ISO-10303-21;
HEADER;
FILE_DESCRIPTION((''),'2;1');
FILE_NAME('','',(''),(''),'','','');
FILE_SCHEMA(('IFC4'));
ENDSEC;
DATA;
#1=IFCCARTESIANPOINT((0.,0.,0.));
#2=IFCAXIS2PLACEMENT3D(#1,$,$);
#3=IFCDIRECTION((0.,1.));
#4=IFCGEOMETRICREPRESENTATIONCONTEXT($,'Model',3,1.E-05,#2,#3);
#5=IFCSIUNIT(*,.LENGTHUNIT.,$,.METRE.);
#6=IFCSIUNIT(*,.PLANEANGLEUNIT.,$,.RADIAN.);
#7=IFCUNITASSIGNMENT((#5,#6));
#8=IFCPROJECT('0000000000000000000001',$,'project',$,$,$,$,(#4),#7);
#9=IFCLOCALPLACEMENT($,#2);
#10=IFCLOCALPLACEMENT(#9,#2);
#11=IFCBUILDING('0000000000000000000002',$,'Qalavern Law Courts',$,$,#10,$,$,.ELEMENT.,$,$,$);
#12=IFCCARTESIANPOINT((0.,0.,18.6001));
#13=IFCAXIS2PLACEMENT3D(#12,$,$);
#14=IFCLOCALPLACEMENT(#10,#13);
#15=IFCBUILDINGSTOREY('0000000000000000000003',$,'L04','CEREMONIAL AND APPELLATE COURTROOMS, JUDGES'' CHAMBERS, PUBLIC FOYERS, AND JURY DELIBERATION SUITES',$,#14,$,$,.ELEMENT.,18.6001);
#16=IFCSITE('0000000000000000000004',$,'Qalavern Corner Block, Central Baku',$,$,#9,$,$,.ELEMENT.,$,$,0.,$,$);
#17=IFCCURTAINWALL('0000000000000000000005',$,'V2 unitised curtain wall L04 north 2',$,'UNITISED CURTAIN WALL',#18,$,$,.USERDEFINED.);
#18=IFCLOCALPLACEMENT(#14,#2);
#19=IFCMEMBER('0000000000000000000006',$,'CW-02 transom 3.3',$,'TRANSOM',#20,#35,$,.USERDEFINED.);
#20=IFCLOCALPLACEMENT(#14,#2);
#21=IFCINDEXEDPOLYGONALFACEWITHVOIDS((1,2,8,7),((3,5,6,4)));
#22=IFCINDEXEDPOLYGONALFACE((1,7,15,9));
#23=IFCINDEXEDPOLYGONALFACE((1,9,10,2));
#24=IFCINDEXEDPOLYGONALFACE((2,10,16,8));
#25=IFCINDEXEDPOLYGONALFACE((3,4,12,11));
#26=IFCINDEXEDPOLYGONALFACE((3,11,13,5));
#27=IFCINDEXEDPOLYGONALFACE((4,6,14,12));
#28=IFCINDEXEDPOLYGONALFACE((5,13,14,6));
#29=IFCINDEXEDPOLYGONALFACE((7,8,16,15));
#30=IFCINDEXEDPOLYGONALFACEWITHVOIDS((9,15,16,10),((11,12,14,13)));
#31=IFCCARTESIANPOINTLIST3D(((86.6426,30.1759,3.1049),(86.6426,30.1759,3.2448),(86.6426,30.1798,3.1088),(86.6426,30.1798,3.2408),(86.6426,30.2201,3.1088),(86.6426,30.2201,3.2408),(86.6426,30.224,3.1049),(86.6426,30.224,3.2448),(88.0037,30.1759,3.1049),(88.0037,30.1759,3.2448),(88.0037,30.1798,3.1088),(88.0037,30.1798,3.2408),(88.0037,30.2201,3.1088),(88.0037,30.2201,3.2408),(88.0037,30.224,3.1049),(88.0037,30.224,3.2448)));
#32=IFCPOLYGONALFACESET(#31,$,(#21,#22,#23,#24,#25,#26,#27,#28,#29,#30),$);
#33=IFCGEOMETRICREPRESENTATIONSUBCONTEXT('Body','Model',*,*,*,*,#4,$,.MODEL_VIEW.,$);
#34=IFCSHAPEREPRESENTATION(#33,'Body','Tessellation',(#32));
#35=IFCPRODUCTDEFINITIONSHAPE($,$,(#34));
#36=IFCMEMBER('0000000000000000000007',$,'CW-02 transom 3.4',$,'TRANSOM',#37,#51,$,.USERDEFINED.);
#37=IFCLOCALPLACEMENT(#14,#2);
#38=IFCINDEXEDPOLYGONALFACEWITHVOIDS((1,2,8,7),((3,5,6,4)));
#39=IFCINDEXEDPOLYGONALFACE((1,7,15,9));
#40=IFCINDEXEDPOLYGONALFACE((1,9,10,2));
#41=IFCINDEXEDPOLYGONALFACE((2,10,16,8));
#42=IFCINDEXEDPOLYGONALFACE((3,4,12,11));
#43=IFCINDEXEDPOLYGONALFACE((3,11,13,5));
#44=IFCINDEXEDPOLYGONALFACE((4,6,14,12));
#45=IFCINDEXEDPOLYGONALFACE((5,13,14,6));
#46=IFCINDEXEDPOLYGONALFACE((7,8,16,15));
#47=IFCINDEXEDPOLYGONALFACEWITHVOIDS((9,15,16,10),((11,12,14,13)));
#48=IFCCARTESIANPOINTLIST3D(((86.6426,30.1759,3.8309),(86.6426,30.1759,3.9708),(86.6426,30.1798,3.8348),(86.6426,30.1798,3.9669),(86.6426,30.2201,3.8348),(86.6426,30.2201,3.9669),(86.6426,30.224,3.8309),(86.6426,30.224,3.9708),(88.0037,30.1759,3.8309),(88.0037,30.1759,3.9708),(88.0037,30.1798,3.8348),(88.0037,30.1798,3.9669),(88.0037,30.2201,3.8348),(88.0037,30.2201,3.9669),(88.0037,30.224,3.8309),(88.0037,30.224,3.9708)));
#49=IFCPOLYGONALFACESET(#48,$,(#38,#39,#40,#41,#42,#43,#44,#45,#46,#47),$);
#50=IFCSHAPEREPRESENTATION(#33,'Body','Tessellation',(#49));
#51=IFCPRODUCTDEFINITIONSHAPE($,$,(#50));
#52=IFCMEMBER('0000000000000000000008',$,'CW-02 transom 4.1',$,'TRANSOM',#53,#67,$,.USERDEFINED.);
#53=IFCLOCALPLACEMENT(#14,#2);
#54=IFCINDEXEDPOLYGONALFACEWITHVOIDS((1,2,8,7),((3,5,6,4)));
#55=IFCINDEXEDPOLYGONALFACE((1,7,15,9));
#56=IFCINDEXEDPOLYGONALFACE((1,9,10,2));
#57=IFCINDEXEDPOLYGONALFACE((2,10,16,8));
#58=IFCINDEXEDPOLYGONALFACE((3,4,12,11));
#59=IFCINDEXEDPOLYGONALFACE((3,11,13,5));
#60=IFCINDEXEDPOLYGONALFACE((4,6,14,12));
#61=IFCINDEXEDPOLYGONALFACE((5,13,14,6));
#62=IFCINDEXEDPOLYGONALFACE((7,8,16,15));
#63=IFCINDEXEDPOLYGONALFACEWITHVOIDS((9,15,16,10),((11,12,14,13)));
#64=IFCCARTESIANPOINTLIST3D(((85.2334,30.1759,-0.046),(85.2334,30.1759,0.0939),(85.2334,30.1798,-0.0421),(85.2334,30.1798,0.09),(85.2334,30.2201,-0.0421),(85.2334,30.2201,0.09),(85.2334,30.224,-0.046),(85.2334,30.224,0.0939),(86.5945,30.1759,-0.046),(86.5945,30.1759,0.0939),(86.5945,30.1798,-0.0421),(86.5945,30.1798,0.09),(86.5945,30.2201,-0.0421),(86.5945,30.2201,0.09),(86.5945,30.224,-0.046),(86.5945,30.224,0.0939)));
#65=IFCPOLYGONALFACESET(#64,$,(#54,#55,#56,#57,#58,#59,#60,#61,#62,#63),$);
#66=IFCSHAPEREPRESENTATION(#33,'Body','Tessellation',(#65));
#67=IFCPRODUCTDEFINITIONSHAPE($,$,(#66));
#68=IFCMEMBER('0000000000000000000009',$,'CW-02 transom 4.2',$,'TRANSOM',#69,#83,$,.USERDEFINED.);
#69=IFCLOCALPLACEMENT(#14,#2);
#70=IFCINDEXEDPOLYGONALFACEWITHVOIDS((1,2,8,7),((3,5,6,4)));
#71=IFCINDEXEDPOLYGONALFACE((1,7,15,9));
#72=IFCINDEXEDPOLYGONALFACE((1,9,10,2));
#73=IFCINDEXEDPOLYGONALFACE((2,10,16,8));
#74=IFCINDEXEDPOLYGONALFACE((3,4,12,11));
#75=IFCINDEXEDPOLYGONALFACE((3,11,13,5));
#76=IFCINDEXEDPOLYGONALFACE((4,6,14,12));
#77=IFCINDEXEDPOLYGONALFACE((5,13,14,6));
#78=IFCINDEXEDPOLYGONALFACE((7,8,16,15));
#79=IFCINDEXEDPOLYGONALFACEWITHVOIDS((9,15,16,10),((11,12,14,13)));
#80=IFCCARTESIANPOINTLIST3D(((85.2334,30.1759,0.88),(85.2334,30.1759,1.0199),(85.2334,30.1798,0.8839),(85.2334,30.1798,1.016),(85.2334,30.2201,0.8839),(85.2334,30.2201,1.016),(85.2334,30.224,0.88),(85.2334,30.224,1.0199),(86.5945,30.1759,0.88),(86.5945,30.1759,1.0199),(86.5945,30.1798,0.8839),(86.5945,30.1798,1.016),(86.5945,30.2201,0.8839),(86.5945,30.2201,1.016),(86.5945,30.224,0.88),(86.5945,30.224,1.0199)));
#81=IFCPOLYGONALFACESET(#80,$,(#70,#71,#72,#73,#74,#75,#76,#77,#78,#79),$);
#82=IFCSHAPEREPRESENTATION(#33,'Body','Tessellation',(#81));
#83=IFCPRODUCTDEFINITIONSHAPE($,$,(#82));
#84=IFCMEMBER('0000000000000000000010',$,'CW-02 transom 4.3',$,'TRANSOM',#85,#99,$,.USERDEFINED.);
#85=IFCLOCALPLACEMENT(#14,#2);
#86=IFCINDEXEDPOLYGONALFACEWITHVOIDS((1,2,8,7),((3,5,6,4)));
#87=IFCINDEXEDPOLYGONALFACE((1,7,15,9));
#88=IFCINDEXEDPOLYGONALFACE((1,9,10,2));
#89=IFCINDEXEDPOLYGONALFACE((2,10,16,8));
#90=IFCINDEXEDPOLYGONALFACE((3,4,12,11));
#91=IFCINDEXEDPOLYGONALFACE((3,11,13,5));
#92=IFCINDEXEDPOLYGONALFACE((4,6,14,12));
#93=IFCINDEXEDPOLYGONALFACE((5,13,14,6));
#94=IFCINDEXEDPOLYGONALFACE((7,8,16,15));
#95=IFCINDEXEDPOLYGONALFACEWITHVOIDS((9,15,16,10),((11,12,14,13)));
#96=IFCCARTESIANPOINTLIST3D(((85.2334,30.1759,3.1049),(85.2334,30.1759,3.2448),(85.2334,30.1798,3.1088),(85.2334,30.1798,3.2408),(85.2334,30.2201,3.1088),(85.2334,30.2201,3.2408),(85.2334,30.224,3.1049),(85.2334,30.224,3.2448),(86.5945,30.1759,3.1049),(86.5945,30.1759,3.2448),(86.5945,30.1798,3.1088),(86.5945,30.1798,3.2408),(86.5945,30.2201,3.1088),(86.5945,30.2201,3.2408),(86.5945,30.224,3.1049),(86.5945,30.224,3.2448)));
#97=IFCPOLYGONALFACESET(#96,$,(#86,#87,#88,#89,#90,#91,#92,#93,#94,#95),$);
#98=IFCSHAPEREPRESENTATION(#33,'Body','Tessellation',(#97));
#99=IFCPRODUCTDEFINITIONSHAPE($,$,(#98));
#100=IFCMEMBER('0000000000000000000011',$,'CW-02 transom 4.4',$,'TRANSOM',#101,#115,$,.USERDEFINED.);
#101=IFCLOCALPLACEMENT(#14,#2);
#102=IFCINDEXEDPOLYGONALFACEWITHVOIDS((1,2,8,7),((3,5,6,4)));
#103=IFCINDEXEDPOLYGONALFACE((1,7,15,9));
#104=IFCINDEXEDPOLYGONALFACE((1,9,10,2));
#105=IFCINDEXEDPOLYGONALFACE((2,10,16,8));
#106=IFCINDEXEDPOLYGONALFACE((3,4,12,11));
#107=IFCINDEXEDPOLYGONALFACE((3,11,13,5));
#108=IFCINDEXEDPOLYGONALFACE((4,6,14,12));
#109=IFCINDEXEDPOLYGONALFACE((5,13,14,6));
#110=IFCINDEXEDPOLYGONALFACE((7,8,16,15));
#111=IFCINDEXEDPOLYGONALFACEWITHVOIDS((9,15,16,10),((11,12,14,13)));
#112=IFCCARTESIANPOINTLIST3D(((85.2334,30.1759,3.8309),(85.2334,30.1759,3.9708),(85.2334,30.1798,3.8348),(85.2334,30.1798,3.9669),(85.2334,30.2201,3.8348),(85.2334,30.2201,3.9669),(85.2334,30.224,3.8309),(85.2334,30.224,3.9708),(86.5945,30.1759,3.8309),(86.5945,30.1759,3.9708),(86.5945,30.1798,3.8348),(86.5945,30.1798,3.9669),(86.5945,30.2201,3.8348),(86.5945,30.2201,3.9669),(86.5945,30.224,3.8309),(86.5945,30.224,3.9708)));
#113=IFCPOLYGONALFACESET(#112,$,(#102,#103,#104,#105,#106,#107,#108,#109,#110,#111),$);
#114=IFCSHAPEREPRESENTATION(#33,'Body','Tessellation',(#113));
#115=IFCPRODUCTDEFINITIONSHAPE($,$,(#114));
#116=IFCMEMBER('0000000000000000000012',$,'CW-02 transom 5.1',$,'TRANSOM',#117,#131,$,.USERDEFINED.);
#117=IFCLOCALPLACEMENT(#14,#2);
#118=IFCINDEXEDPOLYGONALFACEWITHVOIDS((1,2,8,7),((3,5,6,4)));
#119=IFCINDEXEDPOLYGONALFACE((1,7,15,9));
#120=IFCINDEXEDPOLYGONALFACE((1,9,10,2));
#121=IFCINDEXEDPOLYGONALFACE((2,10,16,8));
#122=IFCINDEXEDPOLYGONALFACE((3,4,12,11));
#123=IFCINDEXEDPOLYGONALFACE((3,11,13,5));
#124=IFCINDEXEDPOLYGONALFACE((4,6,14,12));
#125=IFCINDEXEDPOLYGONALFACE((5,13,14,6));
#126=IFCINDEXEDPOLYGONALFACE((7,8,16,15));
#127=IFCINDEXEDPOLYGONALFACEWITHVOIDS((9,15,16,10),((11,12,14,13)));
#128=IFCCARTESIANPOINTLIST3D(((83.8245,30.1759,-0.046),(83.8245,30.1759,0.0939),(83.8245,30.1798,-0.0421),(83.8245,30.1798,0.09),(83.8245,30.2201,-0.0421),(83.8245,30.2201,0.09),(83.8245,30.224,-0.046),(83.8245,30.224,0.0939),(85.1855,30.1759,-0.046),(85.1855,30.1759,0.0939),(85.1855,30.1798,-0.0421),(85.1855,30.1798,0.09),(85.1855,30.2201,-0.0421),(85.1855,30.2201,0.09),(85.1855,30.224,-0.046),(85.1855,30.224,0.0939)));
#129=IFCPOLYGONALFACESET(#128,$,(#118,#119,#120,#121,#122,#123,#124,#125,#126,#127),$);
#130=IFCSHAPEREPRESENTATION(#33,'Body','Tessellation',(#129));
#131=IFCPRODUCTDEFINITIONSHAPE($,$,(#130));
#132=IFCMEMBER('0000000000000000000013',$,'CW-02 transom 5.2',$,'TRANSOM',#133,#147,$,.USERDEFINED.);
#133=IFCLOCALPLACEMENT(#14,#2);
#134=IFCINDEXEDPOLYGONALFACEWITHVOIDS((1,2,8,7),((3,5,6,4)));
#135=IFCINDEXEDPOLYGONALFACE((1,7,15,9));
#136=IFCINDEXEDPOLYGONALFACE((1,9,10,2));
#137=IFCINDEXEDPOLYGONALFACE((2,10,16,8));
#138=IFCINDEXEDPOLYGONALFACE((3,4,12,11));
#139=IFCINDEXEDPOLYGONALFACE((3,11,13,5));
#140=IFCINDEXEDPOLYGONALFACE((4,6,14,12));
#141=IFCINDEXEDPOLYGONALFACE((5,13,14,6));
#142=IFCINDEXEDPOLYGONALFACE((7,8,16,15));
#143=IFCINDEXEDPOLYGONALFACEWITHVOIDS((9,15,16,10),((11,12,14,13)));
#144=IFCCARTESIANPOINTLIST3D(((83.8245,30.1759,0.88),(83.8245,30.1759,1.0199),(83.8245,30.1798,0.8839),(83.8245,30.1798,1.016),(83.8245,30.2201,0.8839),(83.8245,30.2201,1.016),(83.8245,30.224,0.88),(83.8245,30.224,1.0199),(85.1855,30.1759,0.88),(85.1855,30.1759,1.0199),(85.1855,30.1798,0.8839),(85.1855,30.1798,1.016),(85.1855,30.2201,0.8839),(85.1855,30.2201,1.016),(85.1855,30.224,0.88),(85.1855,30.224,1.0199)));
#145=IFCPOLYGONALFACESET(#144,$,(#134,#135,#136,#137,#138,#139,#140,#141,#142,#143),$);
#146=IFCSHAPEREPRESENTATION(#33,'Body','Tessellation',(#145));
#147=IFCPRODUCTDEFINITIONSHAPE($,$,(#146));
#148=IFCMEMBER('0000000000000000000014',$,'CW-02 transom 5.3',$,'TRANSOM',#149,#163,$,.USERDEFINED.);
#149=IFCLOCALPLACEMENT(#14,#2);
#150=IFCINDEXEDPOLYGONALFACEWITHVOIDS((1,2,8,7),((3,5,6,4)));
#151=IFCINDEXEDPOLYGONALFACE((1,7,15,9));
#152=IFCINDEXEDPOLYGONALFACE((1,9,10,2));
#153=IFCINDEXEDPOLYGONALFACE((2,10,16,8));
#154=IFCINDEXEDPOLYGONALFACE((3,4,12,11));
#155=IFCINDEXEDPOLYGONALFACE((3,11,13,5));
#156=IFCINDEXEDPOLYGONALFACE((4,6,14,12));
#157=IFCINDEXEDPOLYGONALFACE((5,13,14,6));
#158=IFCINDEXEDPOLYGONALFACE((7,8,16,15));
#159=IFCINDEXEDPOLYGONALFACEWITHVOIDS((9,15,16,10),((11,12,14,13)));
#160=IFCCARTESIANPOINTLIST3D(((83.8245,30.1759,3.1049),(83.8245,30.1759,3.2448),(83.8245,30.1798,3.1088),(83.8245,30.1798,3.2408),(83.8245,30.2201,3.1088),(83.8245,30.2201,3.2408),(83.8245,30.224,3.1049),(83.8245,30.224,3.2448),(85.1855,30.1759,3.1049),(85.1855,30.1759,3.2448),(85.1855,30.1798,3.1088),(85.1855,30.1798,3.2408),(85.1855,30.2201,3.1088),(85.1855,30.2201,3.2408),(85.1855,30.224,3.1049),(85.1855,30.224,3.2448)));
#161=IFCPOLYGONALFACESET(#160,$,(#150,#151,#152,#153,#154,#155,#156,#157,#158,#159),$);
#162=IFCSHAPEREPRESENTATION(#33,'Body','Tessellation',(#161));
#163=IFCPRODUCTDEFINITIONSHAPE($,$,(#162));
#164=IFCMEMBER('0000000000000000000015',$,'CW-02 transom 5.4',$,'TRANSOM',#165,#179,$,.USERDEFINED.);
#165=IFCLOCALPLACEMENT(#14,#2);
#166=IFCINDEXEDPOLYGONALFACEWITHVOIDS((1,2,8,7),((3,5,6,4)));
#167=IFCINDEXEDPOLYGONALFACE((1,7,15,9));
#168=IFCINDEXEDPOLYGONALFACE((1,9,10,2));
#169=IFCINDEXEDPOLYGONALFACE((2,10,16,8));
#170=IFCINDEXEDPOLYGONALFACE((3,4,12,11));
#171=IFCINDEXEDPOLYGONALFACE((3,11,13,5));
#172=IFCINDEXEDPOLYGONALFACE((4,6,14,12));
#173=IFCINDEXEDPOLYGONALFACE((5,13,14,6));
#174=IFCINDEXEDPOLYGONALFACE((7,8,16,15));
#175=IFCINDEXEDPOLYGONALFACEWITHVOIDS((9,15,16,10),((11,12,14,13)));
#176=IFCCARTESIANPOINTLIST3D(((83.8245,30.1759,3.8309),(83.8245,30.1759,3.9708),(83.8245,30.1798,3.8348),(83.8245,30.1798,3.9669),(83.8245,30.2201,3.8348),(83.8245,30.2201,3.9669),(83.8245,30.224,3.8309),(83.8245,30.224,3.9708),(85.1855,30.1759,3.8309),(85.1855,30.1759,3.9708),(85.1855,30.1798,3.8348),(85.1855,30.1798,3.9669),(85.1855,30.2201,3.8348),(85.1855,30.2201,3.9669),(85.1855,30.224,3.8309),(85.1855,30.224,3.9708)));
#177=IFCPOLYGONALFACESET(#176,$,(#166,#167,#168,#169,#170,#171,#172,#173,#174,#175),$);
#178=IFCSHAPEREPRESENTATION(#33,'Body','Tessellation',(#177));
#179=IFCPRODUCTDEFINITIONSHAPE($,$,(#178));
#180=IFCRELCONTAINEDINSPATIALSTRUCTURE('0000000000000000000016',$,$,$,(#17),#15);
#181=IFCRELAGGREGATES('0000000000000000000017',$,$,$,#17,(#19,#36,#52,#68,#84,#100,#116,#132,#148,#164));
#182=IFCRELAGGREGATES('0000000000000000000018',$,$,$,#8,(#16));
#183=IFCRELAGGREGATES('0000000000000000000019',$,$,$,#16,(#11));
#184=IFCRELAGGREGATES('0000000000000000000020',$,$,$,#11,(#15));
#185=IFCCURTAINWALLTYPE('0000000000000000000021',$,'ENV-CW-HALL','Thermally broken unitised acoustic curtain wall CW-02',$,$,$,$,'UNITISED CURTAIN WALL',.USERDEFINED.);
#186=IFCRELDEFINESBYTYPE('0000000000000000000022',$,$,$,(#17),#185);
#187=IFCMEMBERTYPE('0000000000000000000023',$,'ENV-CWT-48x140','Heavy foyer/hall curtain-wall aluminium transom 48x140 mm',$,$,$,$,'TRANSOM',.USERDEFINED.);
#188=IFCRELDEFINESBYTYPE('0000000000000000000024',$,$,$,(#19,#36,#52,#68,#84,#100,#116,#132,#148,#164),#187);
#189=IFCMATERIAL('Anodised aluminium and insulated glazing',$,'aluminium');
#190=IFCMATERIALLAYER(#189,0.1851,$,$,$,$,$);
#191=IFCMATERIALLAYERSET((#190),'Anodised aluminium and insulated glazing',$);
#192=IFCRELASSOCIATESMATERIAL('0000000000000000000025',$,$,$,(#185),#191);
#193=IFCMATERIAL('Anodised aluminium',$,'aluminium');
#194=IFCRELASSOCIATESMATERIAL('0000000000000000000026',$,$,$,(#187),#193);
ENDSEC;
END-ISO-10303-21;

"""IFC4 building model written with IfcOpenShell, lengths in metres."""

from ifc_helpers import new_model, si_unit, direction, frame, origin, origin_2d, place, context, subcontext, project, spatial, hollow_rectangle, extrude, material, layer, layer_set, material_profile, profile_set, type_object, element, aggregate, save


model = new_model("IFC4")

# Units and contexts
model_context = context("Model", 3, precision=1e-05, world=origin(), true_north=direction((0.0, 1.0)))
body_context = subcontext(model_context, "Body", "Model", "MODEL_VIEW")
ifc_project = project(units=[si_unit("LENGTHUNIT", "METRE"), si_unit("PLANEANGLEUNIT", "RADIAN")], contexts=[model_context])

# Site, building, storey
site_placement = place(None, origin())
site = spatial("IfcSite", under=ifc_project, at=site_placement, Name="Qalavern Corner Block, Central Baku", CompositionType="ELEMENT", RefElevation=0.0)
building_placement = place(site_placement, origin())
building = spatial("IfcBuilding", under=site, at=building_placement, Name="Qalavern Law Courts", CompositionType="ELEMENT")
storey_placement = place(building_placement, frame((0.0, 0.0, 18.6001)))
storey = spatial("IfcBuildingStorey", under=building, at=storey_placement, Name="L04", Description="CEREMONIAL AND APPELLATE COURTROOMS, JUDGES' CHAMBERS, PUBLIC FOYERS, AND JURY DELIBERATION SUITES", CompositionType="ELEMENT", Elevation=18.6001)

# Shared definitions
ifc_material_1 = material(Name="Anodised aluminium and insulated glazing", Category="aluminium")
ifc_layer_1 = layer(ifc_material_1, 0.1851)
ifc_layer_set_1 = layer_set([ifc_layer_1], Name="Anodised aluminium and insulated glazing")
curtain_wall_type = type_object("IfcCurtainWallType", Name="ENV-CW-HALL", Description="Thermally broken unitised acoustic curtain wall CW-02", ElementType="UNITISED CURTAIN WALL", PredefinedType="USERDEFINED", material=ifc_layer_set_1)
ifc_material_2 = material(Name="Anodised aluminium", Category="aluminium")

# Curtain wall
curtain_wall_1_placement = place(storey_placement, origin())
curtain_wall_1 = element("IfcCurtainWall", 1, at=curtain_wall_1_placement, inside=storey, type_object=curtain_wall_type, Name="V2 unitised curtain wall L04 north 2", ObjectType="UNITISED CURTAIN WALL", PredefinedType="USERDEFINED")

# Members
ifc_material_profile_1 = material_profile(ifc_material_2, hollow_rectangle(XDim=0.0481, YDim=0.1399, WallThickness=0.0039, at=origin_2d()), Name="ALU TRANSOM 48x140")
ifc_profile_set_1 = profile_set([ifc_material_profile_1], Name="Anodised aluminium")
member_type_1 = type_object("IfcMemberType", Name="ENV-CWT-48x140", Description="Heavy foyer/hall curtain-wall aluminium transom 48x140 mm", ElementType="TRANSOM", PredefinedType="USERDEFINED", material=ifc_profile_set_1)
member_1_placement = place(storey_placement, frame((88.0037, 30.2, 3.1748), z_axis=(-1.0, 0.0, 0.0), x_axis=(0.0, -1.0, 0.0)))
member_1 = element("IfcMember", 2, at=member_1_placement, type_object=member_type_1, Name="CW-02 transom 3.3", ObjectType="TRANSOM", PredefinedType="USERDEFINED", context=body_context, shape_type="SweptSolid", body=[
    extrude(hollow_rectangle(XDim=0.0481, YDim=0.1399, WallThickness=0.0039, at=origin_2d()), origin(), (0.0, 0.0, 1.0), 1.3611),
])
member_2_placement = place(storey_placement, frame((88.0037, 30.2, 3.9009), z_axis=(-1.0, 0.0, 0.0), x_axis=(0.0, -1.0, 0.0)))
member_2 = element("IfcMember", 3, at=member_2_placement, type_object=member_type_1, Name="CW-02 transom 3.4", ObjectType="TRANSOM", PredefinedType="USERDEFINED", context=body_context, shape_type="SweptSolid", body=[
    extrude(hollow_rectangle(XDim=0.0481, YDim=0.1399, WallThickness=0.0039, at=origin_2d()), origin(), (0.0, 0.0, 1.0), 1.3611),
])
member_3_placement = place(storey_placement, frame((86.5945, 30.2, 0.0239), z_axis=(-1.0, 0.0, 0.0), x_axis=(0.0, -1.0, 0.0)))
member_3 = element("IfcMember", 4, at=member_3_placement, type_object=member_type_1, Name="CW-02 transom 4.1", ObjectType="TRANSOM", PredefinedType="USERDEFINED", context=body_context, shape_type="SweptSolid", body=[
    extrude(hollow_rectangle(XDim=0.0481, YDim=0.1399, WallThickness=0.0039, at=origin_2d()), origin(), (0.0, 0.0, 1.0), 1.3611),
])
member_4_placement = place(storey_placement, frame((86.5945, 30.2, 0.95), z_axis=(-1.0, 0.0, 0.0), x_axis=(0.0, -1.0, 0.0)))
member_4 = element("IfcMember", 5, at=member_4_placement, type_object=member_type_1, Name="CW-02 transom 4.2", ObjectType="TRANSOM", PredefinedType="USERDEFINED", context=body_context, shape_type="SweptSolid", body=[
    extrude(hollow_rectangle(XDim=0.0481, YDim=0.1399, WallThickness=0.0039, at=origin_2d()), origin(), (0.0, 0.0, 1.0), 1.3611),
])
member_5_placement = place(storey_placement, frame((86.5945, 30.2, 3.1748), z_axis=(-1.0, 0.0, 0.0), x_axis=(0.0, -1.0, 0.0)))
member_5 = element("IfcMember", 6, at=member_5_placement, type_object=member_type_1, Name="CW-02 transom 4.3", ObjectType="TRANSOM", PredefinedType="USERDEFINED", context=body_context, shape_type="SweptSolid", body=[
    extrude(hollow_rectangle(XDim=0.0481, YDim=0.1399, WallThickness=0.0039, at=origin_2d()), origin(), (0.0, 0.0, 1.0), 1.3611),
])
member_6_placement = place(storey_placement, frame((86.5945, 30.2, 3.9009), z_axis=(-1.0, 0.0, 0.0), x_axis=(0.0, -1.0, 0.0)))
member_6 = element("IfcMember", 7, at=member_6_placement, type_object=member_type_1, Name="CW-02 transom 4.4", ObjectType="TRANSOM", PredefinedType="USERDEFINED", context=body_context, shape_type="SweptSolid", body=[
    extrude(hollow_rectangle(XDim=0.0481, YDim=0.1399, WallThickness=0.0039, at=origin_2d()), origin(), (0.0, 0.0, 1.0), 1.3611),
])
member_7_placement = place(storey_placement, frame((85.1855, 30.2, 0.0239), z_axis=(-1.0, 0.0, 0.0), x_axis=(0.0, -1.0, 0.0)))
member_7 = element("IfcMember", 8, at=member_7_placement, type_object=member_type_1, Name="CW-02 transom 5.1", ObjectType="TRANSOM", PredefinedType="USERDEFINED", context=body_context, shape_type="SweptSolid", body=[
    extrude(hollow_rectangle(XDim=0.0481, YDim=0.1399, WallThickness=0.0039, at=origin_2d()), origin(), (0.0, 0.0, 1.0), 1.3611),
])
member_8_placement = place(storey_placement, frame((85.1855, 30.2, 0.95), z_axis=(-1.0, 0.0, 0.0), x_axis=(0.0, -1.0, 0.0)))
member_8 = element("IfcMember", 9, at=member_8_placement, type_object=member_type_1, Name="CW-02 transom 5.2", ObjectType="TRANSOM", PredefinedType="USERDEFINED", context=body_context, shape_type="SweptSolid", body=[
    extrude(hollow_rectangle(XDim=0.0481, YDim=0.1399, WallThickness=0.0039, at=origin_2d()), origin(), (0.0, 0.0, 1.0), 1.3611),
])
member_9_placement = place(storey_placement, frame((85.1855, 30.2, 3.1748), z_axis=(-1.0, 0.0, 0.0), x_axis=(0.0, -1.0, 0.0)))
member_9 = element("IfcMember", 10, at=member_9_placement, type_object=member_type_1, Name="CW-02 transom 5.3", ObjectType="TRANSOM", PredefinedType="USERDEFINED", context=body_context, shape_type="SweptSolid", body=[
    extrude(hollow_rectangle(XDim=0.0481, YDim=0.1399, WallThickness=0.0039, at=origin_2d()), origin(), (0.0, 0.0, 1.0), 1.3611),
])
member_10_placement = place(storey_placement, frame((85.1855, 30.2, 3.9009), z_axis=(-1.0, 0.0, 0.0), x_axis=(0.0, -1.0, 0.0)))
member_10 = element("IfcMember", 11, at=member_10_placement, type_object=member_type_1, Name="CW-02 transom 5.4", ObjectType="TRANSOM", PredefinedType="USERDEFINED", context=body_context, shape_type="SweptSolid", body=[
    extrude(hollow_rectangle(XDim=0.0481, YDim=0.1399, WallThickness=0.0039, at=origin_2d()), origin(), (0.0, 0.0, 1.0), 1.3611),
])

aggregate(curtain_wall_1, [member_1, member_2, member_3, member_4, member_5, member_6, member_7, member_8, member_9, member_10])

save(model, "model.ifc")
